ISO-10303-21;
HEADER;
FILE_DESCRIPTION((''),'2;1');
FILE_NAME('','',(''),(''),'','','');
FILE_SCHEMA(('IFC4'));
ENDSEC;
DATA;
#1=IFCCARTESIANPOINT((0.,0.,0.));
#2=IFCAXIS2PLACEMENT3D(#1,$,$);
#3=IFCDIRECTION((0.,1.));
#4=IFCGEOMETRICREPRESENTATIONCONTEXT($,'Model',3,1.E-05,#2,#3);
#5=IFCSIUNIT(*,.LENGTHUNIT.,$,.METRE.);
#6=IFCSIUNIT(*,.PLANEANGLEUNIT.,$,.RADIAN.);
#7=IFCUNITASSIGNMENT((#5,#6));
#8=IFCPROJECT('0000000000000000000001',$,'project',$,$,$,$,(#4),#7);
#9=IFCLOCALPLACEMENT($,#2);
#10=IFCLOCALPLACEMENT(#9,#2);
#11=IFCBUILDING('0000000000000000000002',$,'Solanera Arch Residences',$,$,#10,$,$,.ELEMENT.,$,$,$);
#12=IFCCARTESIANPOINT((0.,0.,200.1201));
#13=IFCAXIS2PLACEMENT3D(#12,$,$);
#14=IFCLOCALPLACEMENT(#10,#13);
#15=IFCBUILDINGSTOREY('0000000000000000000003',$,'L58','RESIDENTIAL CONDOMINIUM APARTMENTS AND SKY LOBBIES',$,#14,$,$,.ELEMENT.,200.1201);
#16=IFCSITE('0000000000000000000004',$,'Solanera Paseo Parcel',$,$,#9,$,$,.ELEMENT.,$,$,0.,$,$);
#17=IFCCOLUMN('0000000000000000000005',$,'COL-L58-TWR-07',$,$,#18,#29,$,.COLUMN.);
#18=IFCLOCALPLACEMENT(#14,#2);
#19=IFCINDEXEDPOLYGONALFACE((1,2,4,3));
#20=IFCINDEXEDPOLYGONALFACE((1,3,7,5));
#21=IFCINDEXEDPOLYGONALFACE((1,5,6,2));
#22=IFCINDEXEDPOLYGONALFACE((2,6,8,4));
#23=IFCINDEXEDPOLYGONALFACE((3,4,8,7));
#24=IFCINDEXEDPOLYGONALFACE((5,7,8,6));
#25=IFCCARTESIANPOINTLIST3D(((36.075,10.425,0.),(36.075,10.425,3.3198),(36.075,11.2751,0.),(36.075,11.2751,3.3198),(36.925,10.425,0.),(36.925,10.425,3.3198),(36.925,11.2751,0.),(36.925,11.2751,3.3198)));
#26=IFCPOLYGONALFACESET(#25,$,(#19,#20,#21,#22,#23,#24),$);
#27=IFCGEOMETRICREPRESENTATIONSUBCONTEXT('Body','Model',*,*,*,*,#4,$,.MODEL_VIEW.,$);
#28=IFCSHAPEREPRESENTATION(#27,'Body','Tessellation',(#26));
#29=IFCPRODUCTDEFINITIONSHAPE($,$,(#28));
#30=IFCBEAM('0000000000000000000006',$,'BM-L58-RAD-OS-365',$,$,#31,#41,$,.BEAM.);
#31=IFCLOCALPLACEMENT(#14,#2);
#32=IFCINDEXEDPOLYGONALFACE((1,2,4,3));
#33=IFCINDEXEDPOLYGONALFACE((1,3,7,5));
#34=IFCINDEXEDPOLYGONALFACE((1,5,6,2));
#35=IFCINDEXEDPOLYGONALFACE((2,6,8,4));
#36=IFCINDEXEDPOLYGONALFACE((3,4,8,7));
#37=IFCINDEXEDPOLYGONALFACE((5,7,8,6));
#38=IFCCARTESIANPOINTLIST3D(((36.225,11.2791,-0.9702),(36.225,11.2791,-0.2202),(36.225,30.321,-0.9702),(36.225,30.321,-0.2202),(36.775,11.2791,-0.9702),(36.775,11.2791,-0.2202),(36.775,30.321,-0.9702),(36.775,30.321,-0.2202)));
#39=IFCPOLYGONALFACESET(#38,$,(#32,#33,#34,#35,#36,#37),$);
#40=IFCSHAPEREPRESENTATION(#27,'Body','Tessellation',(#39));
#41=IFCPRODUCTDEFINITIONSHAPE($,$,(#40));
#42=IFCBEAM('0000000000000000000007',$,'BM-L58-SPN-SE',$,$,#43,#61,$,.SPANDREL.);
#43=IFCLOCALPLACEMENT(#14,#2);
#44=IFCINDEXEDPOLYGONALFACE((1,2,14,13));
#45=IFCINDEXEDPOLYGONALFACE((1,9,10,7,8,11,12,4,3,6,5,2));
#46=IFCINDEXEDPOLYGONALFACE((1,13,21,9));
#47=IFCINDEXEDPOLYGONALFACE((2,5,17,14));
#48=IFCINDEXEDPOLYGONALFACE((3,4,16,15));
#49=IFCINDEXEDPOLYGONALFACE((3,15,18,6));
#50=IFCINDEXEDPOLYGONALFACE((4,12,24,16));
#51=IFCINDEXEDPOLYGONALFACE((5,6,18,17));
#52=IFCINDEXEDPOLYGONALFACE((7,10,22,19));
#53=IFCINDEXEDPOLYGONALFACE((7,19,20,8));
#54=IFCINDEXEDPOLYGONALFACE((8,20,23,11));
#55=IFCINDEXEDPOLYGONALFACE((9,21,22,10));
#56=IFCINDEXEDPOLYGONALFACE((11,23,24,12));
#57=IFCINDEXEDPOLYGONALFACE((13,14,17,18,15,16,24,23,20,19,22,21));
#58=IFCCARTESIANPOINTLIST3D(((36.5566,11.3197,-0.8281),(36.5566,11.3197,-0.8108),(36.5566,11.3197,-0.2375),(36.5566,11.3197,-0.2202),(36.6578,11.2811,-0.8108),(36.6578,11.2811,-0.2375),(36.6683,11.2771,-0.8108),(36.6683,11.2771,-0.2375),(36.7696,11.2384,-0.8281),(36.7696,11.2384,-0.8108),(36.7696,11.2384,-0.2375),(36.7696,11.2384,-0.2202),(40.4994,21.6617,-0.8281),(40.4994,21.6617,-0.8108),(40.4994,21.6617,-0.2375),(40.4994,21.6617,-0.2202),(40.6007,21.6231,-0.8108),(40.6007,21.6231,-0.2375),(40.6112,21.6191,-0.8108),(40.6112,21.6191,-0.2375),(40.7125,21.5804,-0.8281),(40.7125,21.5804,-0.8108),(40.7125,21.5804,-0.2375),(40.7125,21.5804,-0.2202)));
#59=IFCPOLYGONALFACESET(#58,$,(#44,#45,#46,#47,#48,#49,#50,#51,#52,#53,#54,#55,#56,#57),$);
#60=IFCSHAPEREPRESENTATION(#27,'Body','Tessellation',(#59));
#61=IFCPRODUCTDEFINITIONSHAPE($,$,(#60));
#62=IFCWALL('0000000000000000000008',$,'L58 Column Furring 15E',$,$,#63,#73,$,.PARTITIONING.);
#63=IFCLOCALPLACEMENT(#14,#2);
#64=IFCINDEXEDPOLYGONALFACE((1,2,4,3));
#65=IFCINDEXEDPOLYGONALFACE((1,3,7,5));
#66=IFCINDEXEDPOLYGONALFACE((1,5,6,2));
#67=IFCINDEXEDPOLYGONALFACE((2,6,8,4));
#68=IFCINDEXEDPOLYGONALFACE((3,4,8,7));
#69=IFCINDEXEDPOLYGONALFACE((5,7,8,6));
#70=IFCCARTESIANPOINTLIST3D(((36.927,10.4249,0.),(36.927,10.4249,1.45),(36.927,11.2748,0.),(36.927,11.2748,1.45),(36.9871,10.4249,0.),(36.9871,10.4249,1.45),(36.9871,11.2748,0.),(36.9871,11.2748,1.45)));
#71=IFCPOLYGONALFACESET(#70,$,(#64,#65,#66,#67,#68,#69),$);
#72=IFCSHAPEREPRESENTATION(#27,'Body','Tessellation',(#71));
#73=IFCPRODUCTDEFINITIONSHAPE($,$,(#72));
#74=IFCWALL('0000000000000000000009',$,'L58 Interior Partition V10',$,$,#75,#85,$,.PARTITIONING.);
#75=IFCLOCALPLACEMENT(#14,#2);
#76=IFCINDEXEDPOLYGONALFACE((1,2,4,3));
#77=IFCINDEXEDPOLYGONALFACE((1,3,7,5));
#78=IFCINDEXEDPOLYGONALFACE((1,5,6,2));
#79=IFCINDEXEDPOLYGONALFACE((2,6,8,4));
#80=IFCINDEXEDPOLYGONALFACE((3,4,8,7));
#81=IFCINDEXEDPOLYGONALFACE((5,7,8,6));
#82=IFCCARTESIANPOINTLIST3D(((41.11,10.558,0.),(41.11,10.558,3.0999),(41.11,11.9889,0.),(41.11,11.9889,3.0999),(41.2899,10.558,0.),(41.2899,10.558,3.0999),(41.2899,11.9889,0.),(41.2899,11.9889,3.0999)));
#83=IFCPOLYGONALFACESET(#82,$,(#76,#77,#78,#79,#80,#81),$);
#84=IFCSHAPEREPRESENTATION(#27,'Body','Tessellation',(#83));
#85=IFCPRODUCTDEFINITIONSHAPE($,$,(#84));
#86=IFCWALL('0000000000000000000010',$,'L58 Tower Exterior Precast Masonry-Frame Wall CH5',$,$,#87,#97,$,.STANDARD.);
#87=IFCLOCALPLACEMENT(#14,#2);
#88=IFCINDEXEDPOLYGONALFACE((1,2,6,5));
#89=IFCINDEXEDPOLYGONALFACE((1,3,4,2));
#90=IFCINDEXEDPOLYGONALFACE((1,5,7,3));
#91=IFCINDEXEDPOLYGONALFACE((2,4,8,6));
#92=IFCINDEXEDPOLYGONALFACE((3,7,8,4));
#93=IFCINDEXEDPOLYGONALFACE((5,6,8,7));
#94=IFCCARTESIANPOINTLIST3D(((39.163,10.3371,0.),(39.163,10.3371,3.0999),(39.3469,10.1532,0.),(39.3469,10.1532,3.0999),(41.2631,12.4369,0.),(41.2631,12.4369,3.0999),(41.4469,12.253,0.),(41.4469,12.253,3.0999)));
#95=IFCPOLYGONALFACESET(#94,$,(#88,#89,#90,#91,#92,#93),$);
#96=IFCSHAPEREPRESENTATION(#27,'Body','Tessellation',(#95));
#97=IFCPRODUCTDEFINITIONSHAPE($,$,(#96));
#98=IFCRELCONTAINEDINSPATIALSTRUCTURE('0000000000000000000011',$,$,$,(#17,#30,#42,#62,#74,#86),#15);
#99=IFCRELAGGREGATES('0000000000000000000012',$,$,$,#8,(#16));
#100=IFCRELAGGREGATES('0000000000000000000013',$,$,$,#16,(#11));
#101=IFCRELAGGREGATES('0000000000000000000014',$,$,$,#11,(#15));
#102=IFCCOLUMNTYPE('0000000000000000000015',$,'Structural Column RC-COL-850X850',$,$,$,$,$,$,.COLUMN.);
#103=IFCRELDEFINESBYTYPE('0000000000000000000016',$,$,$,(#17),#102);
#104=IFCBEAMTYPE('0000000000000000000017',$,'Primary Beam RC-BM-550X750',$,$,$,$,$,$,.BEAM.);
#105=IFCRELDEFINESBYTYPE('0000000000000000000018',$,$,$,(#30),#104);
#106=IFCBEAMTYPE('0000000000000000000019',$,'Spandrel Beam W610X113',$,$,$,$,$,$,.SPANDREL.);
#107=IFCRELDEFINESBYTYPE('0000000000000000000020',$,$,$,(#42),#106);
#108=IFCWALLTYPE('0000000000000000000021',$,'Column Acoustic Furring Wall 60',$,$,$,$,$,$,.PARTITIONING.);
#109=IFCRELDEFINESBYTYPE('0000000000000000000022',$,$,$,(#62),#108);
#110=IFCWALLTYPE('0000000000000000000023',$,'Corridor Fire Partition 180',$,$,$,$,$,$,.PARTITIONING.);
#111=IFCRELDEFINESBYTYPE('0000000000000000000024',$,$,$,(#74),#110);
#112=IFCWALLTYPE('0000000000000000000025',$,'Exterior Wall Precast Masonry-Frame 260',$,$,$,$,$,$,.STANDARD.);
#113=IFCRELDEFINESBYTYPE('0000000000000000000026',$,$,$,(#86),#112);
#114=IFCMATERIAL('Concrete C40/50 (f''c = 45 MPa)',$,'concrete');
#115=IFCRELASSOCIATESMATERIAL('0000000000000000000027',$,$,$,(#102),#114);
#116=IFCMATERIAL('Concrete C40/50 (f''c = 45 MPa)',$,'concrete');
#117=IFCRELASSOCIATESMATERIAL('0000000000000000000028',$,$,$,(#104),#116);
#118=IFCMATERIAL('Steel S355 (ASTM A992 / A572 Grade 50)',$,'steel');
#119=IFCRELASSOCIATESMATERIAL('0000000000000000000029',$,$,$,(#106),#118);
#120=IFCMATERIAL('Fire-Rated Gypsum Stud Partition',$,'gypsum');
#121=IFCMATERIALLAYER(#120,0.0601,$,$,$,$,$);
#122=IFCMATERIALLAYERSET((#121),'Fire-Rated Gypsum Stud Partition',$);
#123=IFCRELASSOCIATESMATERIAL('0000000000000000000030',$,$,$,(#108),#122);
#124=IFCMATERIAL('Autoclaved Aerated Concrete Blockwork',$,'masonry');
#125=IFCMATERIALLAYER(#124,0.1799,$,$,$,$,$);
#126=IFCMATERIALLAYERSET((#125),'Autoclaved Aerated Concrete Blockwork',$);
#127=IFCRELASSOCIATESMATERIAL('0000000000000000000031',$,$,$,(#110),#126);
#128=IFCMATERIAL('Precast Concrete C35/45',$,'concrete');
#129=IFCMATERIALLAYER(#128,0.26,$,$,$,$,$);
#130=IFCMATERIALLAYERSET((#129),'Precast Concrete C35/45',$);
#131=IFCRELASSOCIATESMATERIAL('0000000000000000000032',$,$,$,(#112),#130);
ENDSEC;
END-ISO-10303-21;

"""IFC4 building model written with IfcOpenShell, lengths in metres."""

from ifc_helpers import new_model, si_unit, direction, frame, frame_2d, origin, origin_2d, place, context, subcontext, project, spatial, rectangle, i_section, extrude, material, layer, layer_set, material_profile, profile_set, type_object, element, save


model = new_model("IFC4")

# Units and contexts
model_context = context("Model", 3, precision=1e-05, world=origin(), true_north=direction((0.0, 1.0)))
body_context = subcontext(model_context, "Body", "Model", "MODEL_VIEW")
ifc_project = project(units=[si_unit("LENGTHUNIT", "METRE"), si_unit("PLANEANGLEUNIT", "RADIAN")], contexts=[model_context])

# Site, building, storey
site_placement = place(None, origin())
site = spatial("IfcSite", under=ifc_project, at=site_placement, Name="Solanera Paseo Parcel", CompositionType="ELEMENT", RefElevation=0.0)
building_placement = place(site_placement, origin())
building = spatial("IfcBuilding", under=site, at=building_placement, Name="Solanera Arch Residences", CompositionType="ELEMENT")
storey_placement = place(building_placement, frame((0.0, 0.0, 200.1201)))
storey = spatial("IfcBuildingStorey", under=building, at=storey_placement, Name="L58", Description="RESIDENTIAL CONDOMINIUM APARTMENTS AND SKY LOBBIES", CompositionType="ELEMENT", Elevation=200.1201)

# Column
ifc_material_1 = material(Name="Concrete C40/50 (f'c = 45 MPa)", Category="concrete")
ifc_material_profile_1 = material_profile(ifc_material_1, rectangle(XDim=0.8501, YDim=0.8501, at=origin_2d()))
ifc_profile_set_1 = profile_set([ifc_material_profile_1], Name="Concrete C40/50 (f'c = 45 MPa)")
column_type = type_object("IfcColumnType", Name="Structural Column RC-COL-850X850", PredefinedType="COLUMN", material=ifc_profile_set_1)
column_placement = place(storey_placement, frame((36.5, 10.8501, 0.0), z_axis=(0.0, 0.0, 1.0), x_axis=(1.0, 0.0, 0.0)))
element("IfcColumn", 1, at=column_placement, inside=storey, type_object=column_type, Name="COL-L58-TWR-07", PredefinedType="COLUMN", context=body_context, shape_type="SweptSolid", body=[
    extrude(rectangle(XDim=0.8501, YDim=0.8501, at=origin_2d()), origin(), (0.0, 0.0, 1.0), 3.3198),
])

# Beams
ifc_material_2 = material(Name="Concrete C40/50 (f'c = 45 MPa)", Category="concrete")
ifc_material_profile_2 = material_profile(ifc_material_2, rectangle(XDim=0.55, YDim=0.75, at=origin_2d()))
ifc_profile_set_2 = profile_set([ifc_material_profile_2], Name="Concrete C40/50 (f'c = 45 MPa)")
beam_type_1 = type_object("IfcBeamType", Name="Primary Beam RC-BM-550X750", PredefinedType="BEAM", material=ifc_profile_set_2)
beam_1_placement = place(storey_placement, frame((36.5, 11.2791, -0.5952), z_axis=(0.0, 1.0, 0.0), x_axis=(-1.0, 0.0, 0.0)))
element("IfcBeam", 2, at=beam_1_placement, inside=storey, type_object=beam_type_1, Name="BM-L58-RAD-OS-365", PredefinedType="BEAM", context=body_context, shape_type="SweptSolid", body=[
    extrude(rectangle(XDim=0.55, YDim=0.75, at=origin_2d()), origin(), (0.0, 0.0, 1.0), 19.042),
])
ifc_material_3 = material(Name="Steel S355 (ASTM A992 / A572 Grade 50)", Category="steel")
ifc_material_profile_3 = material_profile(ifc_material_3, i_section(OverallWidth=0.228, OverallDepth=0.6079, WebThickness=0.0112, FlangeThickness=0.0173, at=origin_2d()))
ifc_profile_set_3 = profile_set([ifc_material_profile_3], Name="Steel S355 (ASTM A992 / A572 Grade 50)")
beam_type_2 = type_object("IfcBeamType", Name="Spandrel Beam W610X113", PredefinedType="SPANDREL", material=ifc_profile_set_3)
beam_2_placement = place(storey_placement, frame((36.6631, 11.2791, -0.5242), z_axis=(0.356236, 0.934396, 0.0), x_axis=(-0.934396, 0.356236, 0.0)))
element("IfcBeam", 3, at=beam_2_placement, inside=storey, type_object=beam_type_2, Name="BM-L58-SPN-SE", PredefinedType="SPANDREL", context=body_context, shape_type="SweptSolid", body=[
    extrude(i_section(OverallWidth=0.228, OverallDepth=0.6079, WebThickness=0.0112, FlangeThickness=0.0173, at=origin_2d()), origin(), (0.0, 0.0, 1.0), 11.0681),
])

# Walls
ifc_material_4 = material(Name="Fire-Rated Gypsum Stud Partition", Category="gypsum")
ifc_layer_1 = layer(ifc_material_4, 0.0601)
ifc_layer_set_1 = layer_set([ifc_layer_1], Name="Fire-Rated Gypsum Stud Partition")
wall_type_1 = type_object("IfcWallType", Name="Column Acoustic Furring Wall 60", PredefinedType="PARTITIONING", material=ifc_layer_set_1)
wall_1_placement = place(storey_placement, frame((36.957, 10.425, 0.0), z_axis=(0.0, 0.0, 1.0), x_axis=(0.0, 1.0, 0.0)))
element("IfcWall", 4, at=wall_1_placement, inside=storey, type_object=wall_type_1, Name="L58 Column Furring 15E", PredefinedType="PARTITIONING", context=body_context, shape_type="SweptSolid", body=[
    extrude(rectangle(XDim=0.8499, YDim=0.0601, at=frame_2d((0.4248, 0.0))), origin(), (0.0, 0.0, 1.0), 1.45),
])
ifc_material_5 = material(Name="Autoclaved Aerated Concrete Blockwork", Category="masonry")
ifc_layer_2 = layer(ifc_material_5, 0.1799)
ifc_layer_set_2 = layer_set([ifc_layer_2], Name="Autoclaved Aerated Concrete Blockwork")
wall_type_2 = type_object("IfcWallType", Name="Corridor Fire Partition 180", PredefinedType="PARTITIONING", material=ifc_layer_set_2)
wall_2_placement = place(storey_placement, frame((41.2, 10.5581, 0.0), z_axis=(0.0, 0.0, 1.0), x_axis=(0.0, 1.0, 0.0)))
element("IfcWall", 5, at=wall_2_placement, inside=storey, type_object=wall_type_2, Name="L58 Interior Partition V10", PredefinedType="PARTITIONING", context=body_context, shape_type="SweptSolid", body=[
    extrude(rectangle(XDim=1.4309, YDim=0.1799, at=frame_2d((0.7153, 0.0))), origin(), (0.0, 0.0, 1.0), 3.0999),
])
ifc_material_6 = material(Name="Precast Concrete C35/45", Category="concrete")
ifc_layer_3 = layer(ifc_material_6, 0.26)
ifc_layer_set_3 = layer_set([ifc_layer_3], Name="Precast Concrete C35/45")
wall_type_3 = type_object("IfcWallType", Name="Exterior Wall Precast Masonry-Frame 260", PredefinedType="STANDARD", material=ifc_layer_set_3)
wall_3_placement = place(storey_placement, frame((41.355, 12.345, 0.0), z_axis=(0.0, 0.0, 1.0), x_axis=(-0.707148, -0.707066, 0.0)))
element("IfcWall", 6, at=wall_3_placement, inside=storey, type_object=wall_type_3, Name="L58 Tower Exterior Precast Masonry-Frame Wall CH5", PredefinedType="STANDARD", context=body_context, shape_type="SweptSolid", body=[
    extrude(rectangle(XDim=2.9697, YDim=0.26, at=frame_2d((1.4849, 0.0))), origin(), (0.0, 0.0, 1.0), 3.0999),
])

save(model, "model.ifc")
